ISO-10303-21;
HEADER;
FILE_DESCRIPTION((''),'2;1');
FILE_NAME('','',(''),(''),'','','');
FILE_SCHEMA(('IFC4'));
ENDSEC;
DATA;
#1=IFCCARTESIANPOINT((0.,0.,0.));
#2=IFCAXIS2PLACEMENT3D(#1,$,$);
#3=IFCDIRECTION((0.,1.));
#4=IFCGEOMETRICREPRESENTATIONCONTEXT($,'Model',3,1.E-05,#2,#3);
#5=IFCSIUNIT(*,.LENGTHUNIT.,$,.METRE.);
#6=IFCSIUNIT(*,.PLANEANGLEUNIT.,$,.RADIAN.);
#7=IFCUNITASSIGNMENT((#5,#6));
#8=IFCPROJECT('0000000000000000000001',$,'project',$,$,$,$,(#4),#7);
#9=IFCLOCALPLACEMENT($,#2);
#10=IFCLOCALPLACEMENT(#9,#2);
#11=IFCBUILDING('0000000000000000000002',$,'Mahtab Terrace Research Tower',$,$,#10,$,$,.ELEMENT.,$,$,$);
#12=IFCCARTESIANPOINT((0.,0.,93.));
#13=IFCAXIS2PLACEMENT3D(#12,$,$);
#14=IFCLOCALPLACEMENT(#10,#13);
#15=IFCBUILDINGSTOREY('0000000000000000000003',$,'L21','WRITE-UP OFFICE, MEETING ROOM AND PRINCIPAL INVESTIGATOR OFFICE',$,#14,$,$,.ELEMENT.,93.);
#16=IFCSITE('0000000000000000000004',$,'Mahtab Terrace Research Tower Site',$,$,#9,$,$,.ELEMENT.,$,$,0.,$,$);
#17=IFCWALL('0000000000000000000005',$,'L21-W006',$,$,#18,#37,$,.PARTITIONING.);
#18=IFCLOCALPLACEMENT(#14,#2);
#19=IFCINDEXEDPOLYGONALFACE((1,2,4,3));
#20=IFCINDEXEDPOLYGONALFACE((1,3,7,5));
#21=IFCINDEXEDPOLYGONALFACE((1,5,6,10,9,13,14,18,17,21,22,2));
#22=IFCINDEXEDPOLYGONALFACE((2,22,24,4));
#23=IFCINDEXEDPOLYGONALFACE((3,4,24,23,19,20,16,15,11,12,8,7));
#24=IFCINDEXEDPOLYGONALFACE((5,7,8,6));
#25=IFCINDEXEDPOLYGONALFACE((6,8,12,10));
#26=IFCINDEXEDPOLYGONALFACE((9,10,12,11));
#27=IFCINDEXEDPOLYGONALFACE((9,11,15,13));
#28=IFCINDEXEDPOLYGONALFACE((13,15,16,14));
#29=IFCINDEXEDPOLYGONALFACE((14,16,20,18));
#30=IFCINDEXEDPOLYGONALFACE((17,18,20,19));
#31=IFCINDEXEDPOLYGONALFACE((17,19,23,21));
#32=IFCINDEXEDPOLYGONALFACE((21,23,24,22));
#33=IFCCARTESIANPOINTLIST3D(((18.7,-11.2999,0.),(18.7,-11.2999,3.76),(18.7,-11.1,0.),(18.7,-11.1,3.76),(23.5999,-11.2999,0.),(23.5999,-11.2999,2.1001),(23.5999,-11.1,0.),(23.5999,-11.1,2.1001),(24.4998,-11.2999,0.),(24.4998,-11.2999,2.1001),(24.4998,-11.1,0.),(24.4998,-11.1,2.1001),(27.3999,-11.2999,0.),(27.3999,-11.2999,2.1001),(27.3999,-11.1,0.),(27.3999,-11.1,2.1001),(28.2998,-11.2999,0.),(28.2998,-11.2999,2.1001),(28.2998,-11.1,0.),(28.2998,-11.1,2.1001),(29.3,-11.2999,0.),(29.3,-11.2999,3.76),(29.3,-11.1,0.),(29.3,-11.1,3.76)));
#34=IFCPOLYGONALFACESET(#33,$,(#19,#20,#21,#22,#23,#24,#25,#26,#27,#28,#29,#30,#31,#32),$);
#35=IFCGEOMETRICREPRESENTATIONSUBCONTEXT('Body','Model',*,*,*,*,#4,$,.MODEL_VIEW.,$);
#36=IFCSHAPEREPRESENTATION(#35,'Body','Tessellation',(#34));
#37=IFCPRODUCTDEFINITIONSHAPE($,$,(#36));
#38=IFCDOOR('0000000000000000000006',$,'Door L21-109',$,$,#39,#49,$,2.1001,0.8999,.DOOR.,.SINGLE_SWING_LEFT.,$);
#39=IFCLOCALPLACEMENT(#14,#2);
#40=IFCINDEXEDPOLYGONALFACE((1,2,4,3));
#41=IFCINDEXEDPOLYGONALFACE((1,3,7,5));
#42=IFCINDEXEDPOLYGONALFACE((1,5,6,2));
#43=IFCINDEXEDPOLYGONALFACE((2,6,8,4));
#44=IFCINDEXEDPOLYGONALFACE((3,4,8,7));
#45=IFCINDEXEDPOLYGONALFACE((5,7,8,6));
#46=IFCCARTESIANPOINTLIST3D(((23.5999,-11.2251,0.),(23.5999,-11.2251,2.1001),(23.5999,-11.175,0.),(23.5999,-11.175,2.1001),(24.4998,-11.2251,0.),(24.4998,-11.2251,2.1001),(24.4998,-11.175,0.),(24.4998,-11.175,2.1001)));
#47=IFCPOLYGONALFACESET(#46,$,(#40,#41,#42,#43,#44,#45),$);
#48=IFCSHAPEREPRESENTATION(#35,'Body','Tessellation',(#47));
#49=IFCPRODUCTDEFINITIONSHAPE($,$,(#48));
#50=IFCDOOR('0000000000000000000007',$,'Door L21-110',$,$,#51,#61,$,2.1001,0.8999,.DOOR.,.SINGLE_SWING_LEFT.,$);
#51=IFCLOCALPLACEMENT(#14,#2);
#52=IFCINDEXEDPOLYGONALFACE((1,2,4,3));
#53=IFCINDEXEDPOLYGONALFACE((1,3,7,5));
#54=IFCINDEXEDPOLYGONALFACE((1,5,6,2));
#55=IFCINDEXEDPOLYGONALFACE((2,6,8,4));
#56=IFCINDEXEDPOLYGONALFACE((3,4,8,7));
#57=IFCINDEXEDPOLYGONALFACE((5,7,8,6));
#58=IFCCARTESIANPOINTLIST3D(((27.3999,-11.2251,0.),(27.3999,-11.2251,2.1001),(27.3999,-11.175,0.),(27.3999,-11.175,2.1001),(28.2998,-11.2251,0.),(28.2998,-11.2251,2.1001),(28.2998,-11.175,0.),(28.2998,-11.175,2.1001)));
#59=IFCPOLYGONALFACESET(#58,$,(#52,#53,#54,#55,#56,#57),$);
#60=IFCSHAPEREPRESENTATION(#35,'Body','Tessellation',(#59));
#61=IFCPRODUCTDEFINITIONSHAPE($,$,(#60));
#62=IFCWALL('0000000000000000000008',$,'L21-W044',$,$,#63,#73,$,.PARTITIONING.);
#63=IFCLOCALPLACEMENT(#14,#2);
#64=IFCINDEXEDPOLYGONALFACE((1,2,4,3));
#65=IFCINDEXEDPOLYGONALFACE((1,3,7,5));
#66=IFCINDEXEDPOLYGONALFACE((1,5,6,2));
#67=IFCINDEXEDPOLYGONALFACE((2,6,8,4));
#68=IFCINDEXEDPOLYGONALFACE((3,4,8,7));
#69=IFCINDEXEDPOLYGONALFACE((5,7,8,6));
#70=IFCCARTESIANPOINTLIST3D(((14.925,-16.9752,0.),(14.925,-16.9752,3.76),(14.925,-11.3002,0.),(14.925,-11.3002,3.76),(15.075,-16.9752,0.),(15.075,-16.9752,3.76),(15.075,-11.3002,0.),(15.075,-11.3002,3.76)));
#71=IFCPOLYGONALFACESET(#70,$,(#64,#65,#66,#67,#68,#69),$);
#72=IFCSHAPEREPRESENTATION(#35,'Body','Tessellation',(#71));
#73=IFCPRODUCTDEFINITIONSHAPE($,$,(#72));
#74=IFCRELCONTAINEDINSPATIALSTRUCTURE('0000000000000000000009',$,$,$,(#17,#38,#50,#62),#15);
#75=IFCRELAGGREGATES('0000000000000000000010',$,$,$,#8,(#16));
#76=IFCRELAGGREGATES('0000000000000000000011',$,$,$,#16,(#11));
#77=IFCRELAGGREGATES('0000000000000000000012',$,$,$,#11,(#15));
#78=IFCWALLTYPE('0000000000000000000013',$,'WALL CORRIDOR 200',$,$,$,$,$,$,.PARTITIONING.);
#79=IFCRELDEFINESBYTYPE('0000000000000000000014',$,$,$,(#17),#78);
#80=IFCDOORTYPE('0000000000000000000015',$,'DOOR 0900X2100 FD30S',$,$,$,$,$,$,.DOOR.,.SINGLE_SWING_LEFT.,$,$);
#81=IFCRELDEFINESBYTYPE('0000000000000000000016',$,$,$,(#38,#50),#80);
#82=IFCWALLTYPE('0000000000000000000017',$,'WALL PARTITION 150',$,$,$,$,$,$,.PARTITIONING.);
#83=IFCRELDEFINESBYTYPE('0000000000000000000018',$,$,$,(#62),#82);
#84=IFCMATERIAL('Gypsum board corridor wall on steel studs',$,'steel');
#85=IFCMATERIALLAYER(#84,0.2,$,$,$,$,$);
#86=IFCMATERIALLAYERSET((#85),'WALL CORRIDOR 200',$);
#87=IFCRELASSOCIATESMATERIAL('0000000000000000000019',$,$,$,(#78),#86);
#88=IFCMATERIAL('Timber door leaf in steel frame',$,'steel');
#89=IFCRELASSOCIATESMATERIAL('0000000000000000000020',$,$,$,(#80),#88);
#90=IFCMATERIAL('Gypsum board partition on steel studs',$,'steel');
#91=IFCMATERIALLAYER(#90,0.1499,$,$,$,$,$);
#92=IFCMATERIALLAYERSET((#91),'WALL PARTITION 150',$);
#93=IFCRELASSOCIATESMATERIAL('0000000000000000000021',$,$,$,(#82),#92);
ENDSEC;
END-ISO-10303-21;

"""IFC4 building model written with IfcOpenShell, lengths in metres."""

from ifc_helpers import new_model, si_unit, direction, frame, frame_2d, origin, place, context, subcontext, project, spatial, rectangle, extrude, material, layer, layer_set, type_object, element, fill, save


model = new_model("IFC4")

# Units and contexts
model_context = context("Model", 3, precision=1e-05, world=origin(), true_north=direction((0.0, 1.0)))
body_context = subcontext(model_context, "Body", "Model", "MODEL_VIEW")
ifc_project = project(units=[si_unit("LENGTHUNIT", "METRE"), si_unit("PLANEANGLEUNIT", "RADIAN")], contexts=[model_context])

# Site, building, storey
site_placement = place(None, origin())
site = spatial("IfcSite", under=ifc_project, at=site_placement, Name="Mahtab Terrace Research Tower Site", CompositionType="ELEMENT", RefElevation=0.0)
building_placement = place(site_placement, origin())
building = spatial("IfcBuilding", under=site, at=building_placement, Name="Mahtab Terrace Research Tower", CompositionType="ELEMENT")
storey_placement = place(building_placement, frame((0.0, 0.0, 93.0)))
storey = spatial("IfcBuildingStorey", under=building, at=storey_placement, Name="L21", Description="WRITE-UP OFFICE, MEETING ROOM AND PRINCIPAL INVESTIGATOR OFFICE", CompositionType="ELEMENT", Elevation=93.0)

# Wall, openings, doors
ifc_material_1 = material(Name="Gypsum board corridor wall on steel studs", Category="steel")
ifc_layer_1 = layer(ifc_material_1, 0.2)
ifc_layer_set_1 = layer_set([ifc_layer_1], Name="WALL CORRIDOR 200")
wall_type_1 = type_object("IfcWallType", Name="WALL CORRIDOR 200", PredefinedType="PARTITIONING", material=ifc_layer_set_1)
wall_1_placement = place(storey_placement, frame((18.7, -11.2, 0.0), z_axis=(0.0, 0.0, 1.0), x_axis=(1.0, 0.0, 0.0)))
wall_1 = element("IfcWall", 1, at=wall_1_placement, inside=storey, type_object=wall_type_1, Name="L21-W006", PredefinedType="PARTITIONING", context=body_context, shape_type="SweptSolid", body=[
    extrude(rectangle(XDim=10.6001, YDim=0.2, at=frame_2d((5.3, 0.0))), origin(), (0.0, 0.0, 1.0), 3.76),
])
opening_1_placement = place(wall_1_placement, frame((4.8999, 0.0, 0.0)))
opening_1 = element("IfcOpeningElement", 2, at=opening_1_placement, cuts=wall_1, PredefinedType="OPENING", context=body_context, shape_type="SweptSolid", body=[
    extrude(rectangle(XDim=0.8999, YDim=2.1001, at=frame_2d((0.45, 1.05))), frame((0.0, 0.1099, 0.0), z_axis=(0.0, -1.0, 0.0), x_axis=(1.0, 0.0, 0.0)), (0.0, 0.0, 1.0), 0.22),
])
opening_2_placement = place(wall_1_placement, frame((8.7, 0.0, 0.0)))
opening_2 = element("IfcOpeningElement", 3, at=opening_2_placement, cuts=wall_1, PredefinedType="OPENING", context=body_context, shape_type="SweptSolid", body=[
    extrude(rectangle(XDim=0.8999, YDim=2.1001, at=frame_2d((0.45, 1.05))), frame((0.0, 0.1099, 0.0), z_axis=(0.0, -1.0, 0.0), x_axis=(1.0, 0.0, 0.0)), (0.0, 0.0, 1.0), 0.22),
])
ifc_material_2 = material(Name="Timber door leaf in steel frame", Category="steel")
door_type = type_object("IfcDoorType", Name="DOOR 0900X2100 FD30S", OperationType="SINGLE_SWING_LEFT", PredefinedType="DOOR", material=ifc_material_2)
door_1_placement = place(opening_1_placement, origin())
door_1 = element("IfcDoor", 4, at=door_1_placement, inside=storey, type_object=door_type, Name="Door L21-109", OperationType="SINGLE_SWING_LEFT", OverallHeight=2.1001, OverallWidth=0.8999, PredefinedType="DOOR", context=body_context, shape_type="SweptSolid", body=[
    extrude(rectangle(XDim=0.8999, YDim=2.1001, at=frame_2d((0.45, 1.05))), frame((0.0, 0.0249, 0.0), z_axis=(0.0, -1.0, 0.0), x_axis=(1.0, 0.0, 0.0)), (0.0, 0.0, 1.0), 0.05),
])
fill(opening_1, door_1)
door_2_placement = place(opening_2_placement, origin())
door_2 = element("IfcDoor", 5, at=door_2_placement, inside=storey, type_object=door_type, Name="Door L21-110", OperationType="SINGLE_SWING_LEFT", OverallHeight=2.1001, OverallWidth=0.8999, PredefinedType="DOOR", context=body_context, shape_type="SweptSolid", body=[
    extrude(rectangle(XDim=0.8999, YDim=2.1001, at=frame_2d((0.45, 1.05))), frame((0.0, 0.0249, 0.0), z_axis=(0.0, -1.0, 0.0), x_axis=(1.0, 0.0, 0.0)), (0.0, 0.0, 1.0), 0.05),
])
fill(opening_2, door_2)

# Wall
ifc_material_3 = material(Name="Gypsum board partition on steel studs", Category="steel")
ifc_layer_2 = layer(ifc_material_3, 0.1499)
ifc_layer_set_2 = layer_set([ifc_layer_2], Name="WALL PARTITION 150")
wall_type_2 = type_object("IfcWallType", Name="WALL PARTITION 150", PredefinedType="PARTITIONING", material=ifc_layer_set_2)
wall_2_placement = place(storey_placement, frame((15.0, -16.9751, 0.0), z_axis=(0.0, 0.0, 1.0), x_axis=(0.0, 1.0, 0.0)))
element("IfcWall", 6, at=wall_2_placement, inside=storey, type_object=wall_type_2, Name="L21-W044", PredefinedType="PARTITIONING", context=body_context, shape_type="SweptSolid", body=[
    extrude(rectangle(XDim=5.675, YDim=0.1499, at=frame_2d((2.8374, 0.0))), origin(), (0.0, 0.0, 1.0), 3.76),
])

save(model, "model.ifc")
